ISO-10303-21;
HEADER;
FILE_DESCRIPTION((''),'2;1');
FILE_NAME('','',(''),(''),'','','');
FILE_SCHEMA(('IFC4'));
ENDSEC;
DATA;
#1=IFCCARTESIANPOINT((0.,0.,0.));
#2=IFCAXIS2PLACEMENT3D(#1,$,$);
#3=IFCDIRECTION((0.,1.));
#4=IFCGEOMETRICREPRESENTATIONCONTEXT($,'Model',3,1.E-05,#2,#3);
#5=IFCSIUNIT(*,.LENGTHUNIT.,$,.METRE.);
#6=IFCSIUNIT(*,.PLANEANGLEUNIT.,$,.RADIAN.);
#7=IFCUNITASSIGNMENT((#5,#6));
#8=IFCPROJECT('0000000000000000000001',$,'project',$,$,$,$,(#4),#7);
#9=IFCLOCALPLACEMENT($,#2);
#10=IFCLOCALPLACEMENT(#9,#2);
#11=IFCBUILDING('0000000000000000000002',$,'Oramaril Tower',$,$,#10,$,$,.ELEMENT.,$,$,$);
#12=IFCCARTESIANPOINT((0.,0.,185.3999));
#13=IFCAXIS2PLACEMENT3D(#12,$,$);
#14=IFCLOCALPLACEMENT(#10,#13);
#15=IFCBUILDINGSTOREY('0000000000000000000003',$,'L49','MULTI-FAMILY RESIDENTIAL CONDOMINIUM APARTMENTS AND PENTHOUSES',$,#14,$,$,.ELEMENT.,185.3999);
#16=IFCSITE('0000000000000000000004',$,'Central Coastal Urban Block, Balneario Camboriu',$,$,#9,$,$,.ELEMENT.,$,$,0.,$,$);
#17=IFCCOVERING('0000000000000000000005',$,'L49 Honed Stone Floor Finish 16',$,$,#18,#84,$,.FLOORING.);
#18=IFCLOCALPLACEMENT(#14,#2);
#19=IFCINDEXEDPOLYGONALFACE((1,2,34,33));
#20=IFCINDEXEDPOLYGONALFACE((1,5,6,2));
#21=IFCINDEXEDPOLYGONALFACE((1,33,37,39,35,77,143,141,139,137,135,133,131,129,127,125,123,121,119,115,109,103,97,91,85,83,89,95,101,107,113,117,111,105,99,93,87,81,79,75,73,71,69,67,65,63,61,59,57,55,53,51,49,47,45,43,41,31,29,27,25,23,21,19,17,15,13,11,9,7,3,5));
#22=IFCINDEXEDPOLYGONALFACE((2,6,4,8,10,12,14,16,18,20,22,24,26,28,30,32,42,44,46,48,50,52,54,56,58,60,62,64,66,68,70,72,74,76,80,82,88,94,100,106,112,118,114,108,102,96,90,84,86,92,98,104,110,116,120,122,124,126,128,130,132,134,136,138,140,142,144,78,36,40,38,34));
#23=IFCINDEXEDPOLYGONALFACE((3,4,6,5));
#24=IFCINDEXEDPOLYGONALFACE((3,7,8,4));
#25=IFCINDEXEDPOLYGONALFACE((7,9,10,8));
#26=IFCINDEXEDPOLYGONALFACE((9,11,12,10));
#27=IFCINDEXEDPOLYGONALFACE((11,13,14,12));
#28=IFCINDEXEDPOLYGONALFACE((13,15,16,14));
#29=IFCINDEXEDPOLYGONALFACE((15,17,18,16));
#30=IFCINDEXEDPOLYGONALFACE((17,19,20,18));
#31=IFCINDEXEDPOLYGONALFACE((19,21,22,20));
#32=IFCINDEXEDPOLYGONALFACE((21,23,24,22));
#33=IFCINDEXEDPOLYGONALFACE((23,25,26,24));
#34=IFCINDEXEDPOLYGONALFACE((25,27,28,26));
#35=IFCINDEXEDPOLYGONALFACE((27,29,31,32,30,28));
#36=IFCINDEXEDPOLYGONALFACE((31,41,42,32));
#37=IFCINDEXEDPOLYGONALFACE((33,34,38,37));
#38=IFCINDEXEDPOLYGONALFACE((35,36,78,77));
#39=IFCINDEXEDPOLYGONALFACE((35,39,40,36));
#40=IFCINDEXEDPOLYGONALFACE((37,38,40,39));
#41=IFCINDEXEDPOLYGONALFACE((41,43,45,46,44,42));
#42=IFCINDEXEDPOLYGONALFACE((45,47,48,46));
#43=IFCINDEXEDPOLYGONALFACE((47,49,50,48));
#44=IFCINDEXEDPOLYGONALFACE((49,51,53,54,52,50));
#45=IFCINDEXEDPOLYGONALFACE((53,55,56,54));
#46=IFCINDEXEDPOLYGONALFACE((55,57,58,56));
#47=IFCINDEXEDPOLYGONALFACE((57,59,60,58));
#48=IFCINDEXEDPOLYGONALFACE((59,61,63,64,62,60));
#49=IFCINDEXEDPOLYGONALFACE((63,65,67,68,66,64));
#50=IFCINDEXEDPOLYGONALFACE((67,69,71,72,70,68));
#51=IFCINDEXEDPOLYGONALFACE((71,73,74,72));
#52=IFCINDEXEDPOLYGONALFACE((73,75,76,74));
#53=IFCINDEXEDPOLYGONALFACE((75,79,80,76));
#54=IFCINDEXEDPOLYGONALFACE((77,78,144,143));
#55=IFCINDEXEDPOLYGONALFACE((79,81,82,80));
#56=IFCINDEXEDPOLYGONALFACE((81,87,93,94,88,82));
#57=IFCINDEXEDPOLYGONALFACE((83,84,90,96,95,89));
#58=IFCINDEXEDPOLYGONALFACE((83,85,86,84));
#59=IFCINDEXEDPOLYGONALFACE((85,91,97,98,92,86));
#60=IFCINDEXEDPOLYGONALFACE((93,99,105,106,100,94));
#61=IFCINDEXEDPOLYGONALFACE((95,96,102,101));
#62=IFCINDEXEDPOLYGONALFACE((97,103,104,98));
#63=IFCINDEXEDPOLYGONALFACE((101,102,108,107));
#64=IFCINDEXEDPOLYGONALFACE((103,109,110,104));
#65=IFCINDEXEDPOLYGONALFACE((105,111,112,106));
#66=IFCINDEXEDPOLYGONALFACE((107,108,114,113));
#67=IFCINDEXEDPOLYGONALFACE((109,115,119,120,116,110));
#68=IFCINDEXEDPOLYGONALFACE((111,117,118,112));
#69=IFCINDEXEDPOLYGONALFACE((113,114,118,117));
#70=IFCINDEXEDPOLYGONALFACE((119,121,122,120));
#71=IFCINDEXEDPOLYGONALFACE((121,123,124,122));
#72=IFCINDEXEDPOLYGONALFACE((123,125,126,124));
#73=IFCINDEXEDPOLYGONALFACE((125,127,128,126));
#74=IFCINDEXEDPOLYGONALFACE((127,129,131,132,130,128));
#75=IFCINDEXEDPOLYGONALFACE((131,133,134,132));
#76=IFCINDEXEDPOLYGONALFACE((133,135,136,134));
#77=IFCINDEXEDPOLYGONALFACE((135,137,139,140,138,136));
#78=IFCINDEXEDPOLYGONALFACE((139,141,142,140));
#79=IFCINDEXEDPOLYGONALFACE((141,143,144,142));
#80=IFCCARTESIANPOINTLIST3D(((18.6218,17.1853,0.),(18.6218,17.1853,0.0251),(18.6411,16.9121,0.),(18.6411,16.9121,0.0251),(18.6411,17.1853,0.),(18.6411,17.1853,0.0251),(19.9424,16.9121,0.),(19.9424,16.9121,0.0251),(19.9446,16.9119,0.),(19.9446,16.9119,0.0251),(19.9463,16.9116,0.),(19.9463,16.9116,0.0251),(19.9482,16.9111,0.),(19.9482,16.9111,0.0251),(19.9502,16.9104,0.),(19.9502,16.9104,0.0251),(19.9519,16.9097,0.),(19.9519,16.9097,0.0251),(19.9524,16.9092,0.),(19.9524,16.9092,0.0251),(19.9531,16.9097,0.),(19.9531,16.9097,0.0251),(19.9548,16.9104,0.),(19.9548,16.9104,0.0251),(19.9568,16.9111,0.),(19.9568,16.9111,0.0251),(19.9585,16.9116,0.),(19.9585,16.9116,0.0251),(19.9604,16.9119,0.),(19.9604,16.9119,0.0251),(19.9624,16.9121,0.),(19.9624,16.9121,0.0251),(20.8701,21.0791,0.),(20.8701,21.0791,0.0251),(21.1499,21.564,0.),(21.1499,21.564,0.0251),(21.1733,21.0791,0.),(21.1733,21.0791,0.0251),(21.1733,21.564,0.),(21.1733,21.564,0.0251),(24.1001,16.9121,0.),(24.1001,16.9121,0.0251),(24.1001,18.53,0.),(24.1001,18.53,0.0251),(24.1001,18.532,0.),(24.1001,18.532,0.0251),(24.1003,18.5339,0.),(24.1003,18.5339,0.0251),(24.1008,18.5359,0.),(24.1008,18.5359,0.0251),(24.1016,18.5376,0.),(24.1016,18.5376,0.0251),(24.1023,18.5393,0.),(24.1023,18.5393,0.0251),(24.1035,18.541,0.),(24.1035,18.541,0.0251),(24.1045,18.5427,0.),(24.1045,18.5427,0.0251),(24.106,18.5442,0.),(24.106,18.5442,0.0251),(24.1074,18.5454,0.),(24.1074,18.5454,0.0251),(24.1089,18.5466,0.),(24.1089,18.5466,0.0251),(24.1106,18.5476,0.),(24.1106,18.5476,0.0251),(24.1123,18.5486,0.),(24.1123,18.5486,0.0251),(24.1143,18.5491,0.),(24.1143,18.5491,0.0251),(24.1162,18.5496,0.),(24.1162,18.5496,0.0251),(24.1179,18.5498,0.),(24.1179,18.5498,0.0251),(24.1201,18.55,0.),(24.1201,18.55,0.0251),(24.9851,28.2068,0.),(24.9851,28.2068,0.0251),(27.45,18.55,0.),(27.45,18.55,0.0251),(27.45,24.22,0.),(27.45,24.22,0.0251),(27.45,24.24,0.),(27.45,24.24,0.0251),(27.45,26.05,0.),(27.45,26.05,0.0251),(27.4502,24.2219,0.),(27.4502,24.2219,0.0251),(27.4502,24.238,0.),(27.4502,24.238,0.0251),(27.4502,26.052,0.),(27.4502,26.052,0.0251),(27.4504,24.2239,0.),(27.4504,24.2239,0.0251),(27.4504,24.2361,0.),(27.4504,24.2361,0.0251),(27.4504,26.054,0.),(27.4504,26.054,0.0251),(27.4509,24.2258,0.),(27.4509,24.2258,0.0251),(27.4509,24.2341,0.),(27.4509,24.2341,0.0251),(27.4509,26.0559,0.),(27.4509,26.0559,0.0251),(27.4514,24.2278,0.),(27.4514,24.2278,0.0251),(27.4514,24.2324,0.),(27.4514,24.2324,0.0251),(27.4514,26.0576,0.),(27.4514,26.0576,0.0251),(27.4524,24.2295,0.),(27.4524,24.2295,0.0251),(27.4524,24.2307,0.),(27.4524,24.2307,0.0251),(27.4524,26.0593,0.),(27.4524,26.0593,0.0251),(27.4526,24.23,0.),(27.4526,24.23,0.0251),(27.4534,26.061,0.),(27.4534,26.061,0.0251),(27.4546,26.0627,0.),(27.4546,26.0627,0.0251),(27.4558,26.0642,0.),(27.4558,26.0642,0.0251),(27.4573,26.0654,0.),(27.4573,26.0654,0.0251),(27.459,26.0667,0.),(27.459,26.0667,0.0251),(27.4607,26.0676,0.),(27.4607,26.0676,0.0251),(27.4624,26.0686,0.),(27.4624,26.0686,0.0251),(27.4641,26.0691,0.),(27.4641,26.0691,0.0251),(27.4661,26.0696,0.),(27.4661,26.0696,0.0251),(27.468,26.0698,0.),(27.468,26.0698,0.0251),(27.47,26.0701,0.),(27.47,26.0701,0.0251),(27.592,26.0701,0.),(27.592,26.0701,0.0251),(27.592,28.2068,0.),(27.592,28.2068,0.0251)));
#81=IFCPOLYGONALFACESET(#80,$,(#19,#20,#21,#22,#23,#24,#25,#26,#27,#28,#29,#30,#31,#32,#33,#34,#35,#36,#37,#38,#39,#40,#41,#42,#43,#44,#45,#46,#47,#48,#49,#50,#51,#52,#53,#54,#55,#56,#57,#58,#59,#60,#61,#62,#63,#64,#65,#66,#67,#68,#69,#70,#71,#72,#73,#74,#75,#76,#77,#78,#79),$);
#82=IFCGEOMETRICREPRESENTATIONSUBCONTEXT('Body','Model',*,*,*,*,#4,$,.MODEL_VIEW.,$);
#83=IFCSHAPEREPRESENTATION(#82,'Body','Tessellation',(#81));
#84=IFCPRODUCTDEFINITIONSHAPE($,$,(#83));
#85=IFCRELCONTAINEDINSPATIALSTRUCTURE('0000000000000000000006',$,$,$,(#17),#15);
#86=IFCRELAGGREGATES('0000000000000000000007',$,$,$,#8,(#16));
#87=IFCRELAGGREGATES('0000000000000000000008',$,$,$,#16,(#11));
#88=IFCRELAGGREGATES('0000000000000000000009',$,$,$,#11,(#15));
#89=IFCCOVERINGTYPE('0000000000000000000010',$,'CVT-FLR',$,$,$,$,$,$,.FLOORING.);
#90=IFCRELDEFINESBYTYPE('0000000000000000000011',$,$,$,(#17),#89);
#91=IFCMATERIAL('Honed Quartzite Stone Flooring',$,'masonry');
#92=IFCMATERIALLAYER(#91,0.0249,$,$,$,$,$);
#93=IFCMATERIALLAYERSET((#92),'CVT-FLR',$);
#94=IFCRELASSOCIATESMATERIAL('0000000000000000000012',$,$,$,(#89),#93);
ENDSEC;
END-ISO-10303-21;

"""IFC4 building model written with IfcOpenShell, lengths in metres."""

from ifc_helpers import new_model, si_unit, direction, frame, origin, place, context, subcontext, project, spatial, polyline, outline, extrude, material, layer, layer_set, type_object, element, save


model = new_model("IFC4")

# Units and contexts
model_context = context("Model", 3, precision=1e-05, world=origin(), true_north=direction((0.0, 1.0)))
body_context = subcontext(model_context, "Body", "Model", "MODEL_VIEW")
ifc_project = project(units=[si_unit("LENGTHUNIT", "METRE"), si_unit("PLANEANGLEUNIT", "RADIAN")], contexts=[model_context])

# Site, building, storey
site_placement = place(None, origin())
site = spatial("IfcSite", under=ifc_project, at=site_placement, Name="Central Coastal Urban Block, Balneario Camboriu", CompositionType="ELEMENT", RefElevation=0.0)
building_placement = place(site_placement, origin())
building = spatial("IfcBuilding", under=site, at=building_placement, Name="Oramaril Tower", CompositionType="ELEMENT")
storey_placement = place(building_placement, frame((0.0, 0.0, 185.3999)))
storey = spatial("IfcBuildingStorey", under=building, at=storey_placement, Name="L49", Description="MULTI-FAMILY RESIDENTIAL CONDOMINIUM APARTMENTS AND PENTHOUSES", CompositionType="ELEMENT", Elevation=185.3999)

# Covering
ifc_material_1 = material(Name="Honed Quartzite Stone Flooring", Category="masonry")
ifc_layer_1 = layer(ifc_material_1, 0.0249)
ifc_layer_set_1 = layer_set([ifc_layer_1], Name="CVT-FLR")
covering_type_1 = type_object("IfcCoveringType", Name="CVT-FLR", PredefinedType="FLOORING", material=ifc_layer_set_1)
covering_1_placement = place(storey_placement, origin())
element("IfcCovering", 1, at=covering_1_placement, inside=storey, type_object=covering_type_1, Name="L49 Honed Stone Floor Finish 16", PredefinedType="FLOORING", context=body_context, shape_type="SweptSolid", body=[
    extrude(outline(polyline([(18.6411, 17.1853), (18.6218, 17.1853), (20.8701, 21.0791), (21.1733, 21.0791), (21.1733, 21.564), (21.1499, 21.564), (24.9851, 28.2068), (27.592, 28.2068), (27.592, 26.0701), (27.47, 26.0701), (27.468, 26.0698), (27.4661, 26.0696), (27.4641, 26.0691), (27.4624, 26.0686), (27.4607, 26.0676), (27.459, 26.0667), (27.4573, 26.0654), (27.4558, 26.0642), (27.4546, 26.0627), (27.4534, 26.061), (27.4524, 26.0593), (27.4514, 26.0576), (27.4509, 26.0559), (27.4504, 26.054), (27.4502, 26.052), (27.45, 26.05), (27.45, 24.24), (27.4502, 24.238), (27.4504, 24.2361), (27.4509, 24.2341), (27.4514, 24.2324), (27.4524, 24.2307), (27.4526, 24.23), (27.4524, 24.2295), (27.4514, 24.2278), (27.4509, 24.2258), (27.4504, 24.2239), (27.4502, 24.2219), (27.45, 24.22), (27.45, 18.55), (24.1201, 18.55), (24.1179, 18.5498), (24.1162, 18.5496), (24.1143, 18.5491), (24.1123, 18.5486), (24.1106, 18.5476), (24.1089, 18.5466), (24.1074, 18.5454), (24.106, 18.5442), (24.1045, 18.5427), (24.1035, 18.541), (24.1023, 18.5393), (24.1016, 18.5376), (24.1008, 18.5359), (24.1003, 18.5339), (24.1001, 18.532), (24.1001, 18.53), (24.1001, 16.9121), (19.9624, 16.9121), (19.9604, 16.9119), (19.9585, 16.9116), (19.9568, 16.9111), (19.9548, 16.9104), (19.9531, 16.9097), (19.9524, 16.9092), (19.9519, 16.9097), (19.9502, 16.9104), (19.9482, 16.9111), (19.9463, 16.9116), (19.9446, 16.9119), (19.9424, 16.9121), (18.6411, 16.9121), (18.6411, 17.1853)])), origin(), (0.0, 0.0, 1.0), 0.0251),
])

save(model, "model.ifc")
